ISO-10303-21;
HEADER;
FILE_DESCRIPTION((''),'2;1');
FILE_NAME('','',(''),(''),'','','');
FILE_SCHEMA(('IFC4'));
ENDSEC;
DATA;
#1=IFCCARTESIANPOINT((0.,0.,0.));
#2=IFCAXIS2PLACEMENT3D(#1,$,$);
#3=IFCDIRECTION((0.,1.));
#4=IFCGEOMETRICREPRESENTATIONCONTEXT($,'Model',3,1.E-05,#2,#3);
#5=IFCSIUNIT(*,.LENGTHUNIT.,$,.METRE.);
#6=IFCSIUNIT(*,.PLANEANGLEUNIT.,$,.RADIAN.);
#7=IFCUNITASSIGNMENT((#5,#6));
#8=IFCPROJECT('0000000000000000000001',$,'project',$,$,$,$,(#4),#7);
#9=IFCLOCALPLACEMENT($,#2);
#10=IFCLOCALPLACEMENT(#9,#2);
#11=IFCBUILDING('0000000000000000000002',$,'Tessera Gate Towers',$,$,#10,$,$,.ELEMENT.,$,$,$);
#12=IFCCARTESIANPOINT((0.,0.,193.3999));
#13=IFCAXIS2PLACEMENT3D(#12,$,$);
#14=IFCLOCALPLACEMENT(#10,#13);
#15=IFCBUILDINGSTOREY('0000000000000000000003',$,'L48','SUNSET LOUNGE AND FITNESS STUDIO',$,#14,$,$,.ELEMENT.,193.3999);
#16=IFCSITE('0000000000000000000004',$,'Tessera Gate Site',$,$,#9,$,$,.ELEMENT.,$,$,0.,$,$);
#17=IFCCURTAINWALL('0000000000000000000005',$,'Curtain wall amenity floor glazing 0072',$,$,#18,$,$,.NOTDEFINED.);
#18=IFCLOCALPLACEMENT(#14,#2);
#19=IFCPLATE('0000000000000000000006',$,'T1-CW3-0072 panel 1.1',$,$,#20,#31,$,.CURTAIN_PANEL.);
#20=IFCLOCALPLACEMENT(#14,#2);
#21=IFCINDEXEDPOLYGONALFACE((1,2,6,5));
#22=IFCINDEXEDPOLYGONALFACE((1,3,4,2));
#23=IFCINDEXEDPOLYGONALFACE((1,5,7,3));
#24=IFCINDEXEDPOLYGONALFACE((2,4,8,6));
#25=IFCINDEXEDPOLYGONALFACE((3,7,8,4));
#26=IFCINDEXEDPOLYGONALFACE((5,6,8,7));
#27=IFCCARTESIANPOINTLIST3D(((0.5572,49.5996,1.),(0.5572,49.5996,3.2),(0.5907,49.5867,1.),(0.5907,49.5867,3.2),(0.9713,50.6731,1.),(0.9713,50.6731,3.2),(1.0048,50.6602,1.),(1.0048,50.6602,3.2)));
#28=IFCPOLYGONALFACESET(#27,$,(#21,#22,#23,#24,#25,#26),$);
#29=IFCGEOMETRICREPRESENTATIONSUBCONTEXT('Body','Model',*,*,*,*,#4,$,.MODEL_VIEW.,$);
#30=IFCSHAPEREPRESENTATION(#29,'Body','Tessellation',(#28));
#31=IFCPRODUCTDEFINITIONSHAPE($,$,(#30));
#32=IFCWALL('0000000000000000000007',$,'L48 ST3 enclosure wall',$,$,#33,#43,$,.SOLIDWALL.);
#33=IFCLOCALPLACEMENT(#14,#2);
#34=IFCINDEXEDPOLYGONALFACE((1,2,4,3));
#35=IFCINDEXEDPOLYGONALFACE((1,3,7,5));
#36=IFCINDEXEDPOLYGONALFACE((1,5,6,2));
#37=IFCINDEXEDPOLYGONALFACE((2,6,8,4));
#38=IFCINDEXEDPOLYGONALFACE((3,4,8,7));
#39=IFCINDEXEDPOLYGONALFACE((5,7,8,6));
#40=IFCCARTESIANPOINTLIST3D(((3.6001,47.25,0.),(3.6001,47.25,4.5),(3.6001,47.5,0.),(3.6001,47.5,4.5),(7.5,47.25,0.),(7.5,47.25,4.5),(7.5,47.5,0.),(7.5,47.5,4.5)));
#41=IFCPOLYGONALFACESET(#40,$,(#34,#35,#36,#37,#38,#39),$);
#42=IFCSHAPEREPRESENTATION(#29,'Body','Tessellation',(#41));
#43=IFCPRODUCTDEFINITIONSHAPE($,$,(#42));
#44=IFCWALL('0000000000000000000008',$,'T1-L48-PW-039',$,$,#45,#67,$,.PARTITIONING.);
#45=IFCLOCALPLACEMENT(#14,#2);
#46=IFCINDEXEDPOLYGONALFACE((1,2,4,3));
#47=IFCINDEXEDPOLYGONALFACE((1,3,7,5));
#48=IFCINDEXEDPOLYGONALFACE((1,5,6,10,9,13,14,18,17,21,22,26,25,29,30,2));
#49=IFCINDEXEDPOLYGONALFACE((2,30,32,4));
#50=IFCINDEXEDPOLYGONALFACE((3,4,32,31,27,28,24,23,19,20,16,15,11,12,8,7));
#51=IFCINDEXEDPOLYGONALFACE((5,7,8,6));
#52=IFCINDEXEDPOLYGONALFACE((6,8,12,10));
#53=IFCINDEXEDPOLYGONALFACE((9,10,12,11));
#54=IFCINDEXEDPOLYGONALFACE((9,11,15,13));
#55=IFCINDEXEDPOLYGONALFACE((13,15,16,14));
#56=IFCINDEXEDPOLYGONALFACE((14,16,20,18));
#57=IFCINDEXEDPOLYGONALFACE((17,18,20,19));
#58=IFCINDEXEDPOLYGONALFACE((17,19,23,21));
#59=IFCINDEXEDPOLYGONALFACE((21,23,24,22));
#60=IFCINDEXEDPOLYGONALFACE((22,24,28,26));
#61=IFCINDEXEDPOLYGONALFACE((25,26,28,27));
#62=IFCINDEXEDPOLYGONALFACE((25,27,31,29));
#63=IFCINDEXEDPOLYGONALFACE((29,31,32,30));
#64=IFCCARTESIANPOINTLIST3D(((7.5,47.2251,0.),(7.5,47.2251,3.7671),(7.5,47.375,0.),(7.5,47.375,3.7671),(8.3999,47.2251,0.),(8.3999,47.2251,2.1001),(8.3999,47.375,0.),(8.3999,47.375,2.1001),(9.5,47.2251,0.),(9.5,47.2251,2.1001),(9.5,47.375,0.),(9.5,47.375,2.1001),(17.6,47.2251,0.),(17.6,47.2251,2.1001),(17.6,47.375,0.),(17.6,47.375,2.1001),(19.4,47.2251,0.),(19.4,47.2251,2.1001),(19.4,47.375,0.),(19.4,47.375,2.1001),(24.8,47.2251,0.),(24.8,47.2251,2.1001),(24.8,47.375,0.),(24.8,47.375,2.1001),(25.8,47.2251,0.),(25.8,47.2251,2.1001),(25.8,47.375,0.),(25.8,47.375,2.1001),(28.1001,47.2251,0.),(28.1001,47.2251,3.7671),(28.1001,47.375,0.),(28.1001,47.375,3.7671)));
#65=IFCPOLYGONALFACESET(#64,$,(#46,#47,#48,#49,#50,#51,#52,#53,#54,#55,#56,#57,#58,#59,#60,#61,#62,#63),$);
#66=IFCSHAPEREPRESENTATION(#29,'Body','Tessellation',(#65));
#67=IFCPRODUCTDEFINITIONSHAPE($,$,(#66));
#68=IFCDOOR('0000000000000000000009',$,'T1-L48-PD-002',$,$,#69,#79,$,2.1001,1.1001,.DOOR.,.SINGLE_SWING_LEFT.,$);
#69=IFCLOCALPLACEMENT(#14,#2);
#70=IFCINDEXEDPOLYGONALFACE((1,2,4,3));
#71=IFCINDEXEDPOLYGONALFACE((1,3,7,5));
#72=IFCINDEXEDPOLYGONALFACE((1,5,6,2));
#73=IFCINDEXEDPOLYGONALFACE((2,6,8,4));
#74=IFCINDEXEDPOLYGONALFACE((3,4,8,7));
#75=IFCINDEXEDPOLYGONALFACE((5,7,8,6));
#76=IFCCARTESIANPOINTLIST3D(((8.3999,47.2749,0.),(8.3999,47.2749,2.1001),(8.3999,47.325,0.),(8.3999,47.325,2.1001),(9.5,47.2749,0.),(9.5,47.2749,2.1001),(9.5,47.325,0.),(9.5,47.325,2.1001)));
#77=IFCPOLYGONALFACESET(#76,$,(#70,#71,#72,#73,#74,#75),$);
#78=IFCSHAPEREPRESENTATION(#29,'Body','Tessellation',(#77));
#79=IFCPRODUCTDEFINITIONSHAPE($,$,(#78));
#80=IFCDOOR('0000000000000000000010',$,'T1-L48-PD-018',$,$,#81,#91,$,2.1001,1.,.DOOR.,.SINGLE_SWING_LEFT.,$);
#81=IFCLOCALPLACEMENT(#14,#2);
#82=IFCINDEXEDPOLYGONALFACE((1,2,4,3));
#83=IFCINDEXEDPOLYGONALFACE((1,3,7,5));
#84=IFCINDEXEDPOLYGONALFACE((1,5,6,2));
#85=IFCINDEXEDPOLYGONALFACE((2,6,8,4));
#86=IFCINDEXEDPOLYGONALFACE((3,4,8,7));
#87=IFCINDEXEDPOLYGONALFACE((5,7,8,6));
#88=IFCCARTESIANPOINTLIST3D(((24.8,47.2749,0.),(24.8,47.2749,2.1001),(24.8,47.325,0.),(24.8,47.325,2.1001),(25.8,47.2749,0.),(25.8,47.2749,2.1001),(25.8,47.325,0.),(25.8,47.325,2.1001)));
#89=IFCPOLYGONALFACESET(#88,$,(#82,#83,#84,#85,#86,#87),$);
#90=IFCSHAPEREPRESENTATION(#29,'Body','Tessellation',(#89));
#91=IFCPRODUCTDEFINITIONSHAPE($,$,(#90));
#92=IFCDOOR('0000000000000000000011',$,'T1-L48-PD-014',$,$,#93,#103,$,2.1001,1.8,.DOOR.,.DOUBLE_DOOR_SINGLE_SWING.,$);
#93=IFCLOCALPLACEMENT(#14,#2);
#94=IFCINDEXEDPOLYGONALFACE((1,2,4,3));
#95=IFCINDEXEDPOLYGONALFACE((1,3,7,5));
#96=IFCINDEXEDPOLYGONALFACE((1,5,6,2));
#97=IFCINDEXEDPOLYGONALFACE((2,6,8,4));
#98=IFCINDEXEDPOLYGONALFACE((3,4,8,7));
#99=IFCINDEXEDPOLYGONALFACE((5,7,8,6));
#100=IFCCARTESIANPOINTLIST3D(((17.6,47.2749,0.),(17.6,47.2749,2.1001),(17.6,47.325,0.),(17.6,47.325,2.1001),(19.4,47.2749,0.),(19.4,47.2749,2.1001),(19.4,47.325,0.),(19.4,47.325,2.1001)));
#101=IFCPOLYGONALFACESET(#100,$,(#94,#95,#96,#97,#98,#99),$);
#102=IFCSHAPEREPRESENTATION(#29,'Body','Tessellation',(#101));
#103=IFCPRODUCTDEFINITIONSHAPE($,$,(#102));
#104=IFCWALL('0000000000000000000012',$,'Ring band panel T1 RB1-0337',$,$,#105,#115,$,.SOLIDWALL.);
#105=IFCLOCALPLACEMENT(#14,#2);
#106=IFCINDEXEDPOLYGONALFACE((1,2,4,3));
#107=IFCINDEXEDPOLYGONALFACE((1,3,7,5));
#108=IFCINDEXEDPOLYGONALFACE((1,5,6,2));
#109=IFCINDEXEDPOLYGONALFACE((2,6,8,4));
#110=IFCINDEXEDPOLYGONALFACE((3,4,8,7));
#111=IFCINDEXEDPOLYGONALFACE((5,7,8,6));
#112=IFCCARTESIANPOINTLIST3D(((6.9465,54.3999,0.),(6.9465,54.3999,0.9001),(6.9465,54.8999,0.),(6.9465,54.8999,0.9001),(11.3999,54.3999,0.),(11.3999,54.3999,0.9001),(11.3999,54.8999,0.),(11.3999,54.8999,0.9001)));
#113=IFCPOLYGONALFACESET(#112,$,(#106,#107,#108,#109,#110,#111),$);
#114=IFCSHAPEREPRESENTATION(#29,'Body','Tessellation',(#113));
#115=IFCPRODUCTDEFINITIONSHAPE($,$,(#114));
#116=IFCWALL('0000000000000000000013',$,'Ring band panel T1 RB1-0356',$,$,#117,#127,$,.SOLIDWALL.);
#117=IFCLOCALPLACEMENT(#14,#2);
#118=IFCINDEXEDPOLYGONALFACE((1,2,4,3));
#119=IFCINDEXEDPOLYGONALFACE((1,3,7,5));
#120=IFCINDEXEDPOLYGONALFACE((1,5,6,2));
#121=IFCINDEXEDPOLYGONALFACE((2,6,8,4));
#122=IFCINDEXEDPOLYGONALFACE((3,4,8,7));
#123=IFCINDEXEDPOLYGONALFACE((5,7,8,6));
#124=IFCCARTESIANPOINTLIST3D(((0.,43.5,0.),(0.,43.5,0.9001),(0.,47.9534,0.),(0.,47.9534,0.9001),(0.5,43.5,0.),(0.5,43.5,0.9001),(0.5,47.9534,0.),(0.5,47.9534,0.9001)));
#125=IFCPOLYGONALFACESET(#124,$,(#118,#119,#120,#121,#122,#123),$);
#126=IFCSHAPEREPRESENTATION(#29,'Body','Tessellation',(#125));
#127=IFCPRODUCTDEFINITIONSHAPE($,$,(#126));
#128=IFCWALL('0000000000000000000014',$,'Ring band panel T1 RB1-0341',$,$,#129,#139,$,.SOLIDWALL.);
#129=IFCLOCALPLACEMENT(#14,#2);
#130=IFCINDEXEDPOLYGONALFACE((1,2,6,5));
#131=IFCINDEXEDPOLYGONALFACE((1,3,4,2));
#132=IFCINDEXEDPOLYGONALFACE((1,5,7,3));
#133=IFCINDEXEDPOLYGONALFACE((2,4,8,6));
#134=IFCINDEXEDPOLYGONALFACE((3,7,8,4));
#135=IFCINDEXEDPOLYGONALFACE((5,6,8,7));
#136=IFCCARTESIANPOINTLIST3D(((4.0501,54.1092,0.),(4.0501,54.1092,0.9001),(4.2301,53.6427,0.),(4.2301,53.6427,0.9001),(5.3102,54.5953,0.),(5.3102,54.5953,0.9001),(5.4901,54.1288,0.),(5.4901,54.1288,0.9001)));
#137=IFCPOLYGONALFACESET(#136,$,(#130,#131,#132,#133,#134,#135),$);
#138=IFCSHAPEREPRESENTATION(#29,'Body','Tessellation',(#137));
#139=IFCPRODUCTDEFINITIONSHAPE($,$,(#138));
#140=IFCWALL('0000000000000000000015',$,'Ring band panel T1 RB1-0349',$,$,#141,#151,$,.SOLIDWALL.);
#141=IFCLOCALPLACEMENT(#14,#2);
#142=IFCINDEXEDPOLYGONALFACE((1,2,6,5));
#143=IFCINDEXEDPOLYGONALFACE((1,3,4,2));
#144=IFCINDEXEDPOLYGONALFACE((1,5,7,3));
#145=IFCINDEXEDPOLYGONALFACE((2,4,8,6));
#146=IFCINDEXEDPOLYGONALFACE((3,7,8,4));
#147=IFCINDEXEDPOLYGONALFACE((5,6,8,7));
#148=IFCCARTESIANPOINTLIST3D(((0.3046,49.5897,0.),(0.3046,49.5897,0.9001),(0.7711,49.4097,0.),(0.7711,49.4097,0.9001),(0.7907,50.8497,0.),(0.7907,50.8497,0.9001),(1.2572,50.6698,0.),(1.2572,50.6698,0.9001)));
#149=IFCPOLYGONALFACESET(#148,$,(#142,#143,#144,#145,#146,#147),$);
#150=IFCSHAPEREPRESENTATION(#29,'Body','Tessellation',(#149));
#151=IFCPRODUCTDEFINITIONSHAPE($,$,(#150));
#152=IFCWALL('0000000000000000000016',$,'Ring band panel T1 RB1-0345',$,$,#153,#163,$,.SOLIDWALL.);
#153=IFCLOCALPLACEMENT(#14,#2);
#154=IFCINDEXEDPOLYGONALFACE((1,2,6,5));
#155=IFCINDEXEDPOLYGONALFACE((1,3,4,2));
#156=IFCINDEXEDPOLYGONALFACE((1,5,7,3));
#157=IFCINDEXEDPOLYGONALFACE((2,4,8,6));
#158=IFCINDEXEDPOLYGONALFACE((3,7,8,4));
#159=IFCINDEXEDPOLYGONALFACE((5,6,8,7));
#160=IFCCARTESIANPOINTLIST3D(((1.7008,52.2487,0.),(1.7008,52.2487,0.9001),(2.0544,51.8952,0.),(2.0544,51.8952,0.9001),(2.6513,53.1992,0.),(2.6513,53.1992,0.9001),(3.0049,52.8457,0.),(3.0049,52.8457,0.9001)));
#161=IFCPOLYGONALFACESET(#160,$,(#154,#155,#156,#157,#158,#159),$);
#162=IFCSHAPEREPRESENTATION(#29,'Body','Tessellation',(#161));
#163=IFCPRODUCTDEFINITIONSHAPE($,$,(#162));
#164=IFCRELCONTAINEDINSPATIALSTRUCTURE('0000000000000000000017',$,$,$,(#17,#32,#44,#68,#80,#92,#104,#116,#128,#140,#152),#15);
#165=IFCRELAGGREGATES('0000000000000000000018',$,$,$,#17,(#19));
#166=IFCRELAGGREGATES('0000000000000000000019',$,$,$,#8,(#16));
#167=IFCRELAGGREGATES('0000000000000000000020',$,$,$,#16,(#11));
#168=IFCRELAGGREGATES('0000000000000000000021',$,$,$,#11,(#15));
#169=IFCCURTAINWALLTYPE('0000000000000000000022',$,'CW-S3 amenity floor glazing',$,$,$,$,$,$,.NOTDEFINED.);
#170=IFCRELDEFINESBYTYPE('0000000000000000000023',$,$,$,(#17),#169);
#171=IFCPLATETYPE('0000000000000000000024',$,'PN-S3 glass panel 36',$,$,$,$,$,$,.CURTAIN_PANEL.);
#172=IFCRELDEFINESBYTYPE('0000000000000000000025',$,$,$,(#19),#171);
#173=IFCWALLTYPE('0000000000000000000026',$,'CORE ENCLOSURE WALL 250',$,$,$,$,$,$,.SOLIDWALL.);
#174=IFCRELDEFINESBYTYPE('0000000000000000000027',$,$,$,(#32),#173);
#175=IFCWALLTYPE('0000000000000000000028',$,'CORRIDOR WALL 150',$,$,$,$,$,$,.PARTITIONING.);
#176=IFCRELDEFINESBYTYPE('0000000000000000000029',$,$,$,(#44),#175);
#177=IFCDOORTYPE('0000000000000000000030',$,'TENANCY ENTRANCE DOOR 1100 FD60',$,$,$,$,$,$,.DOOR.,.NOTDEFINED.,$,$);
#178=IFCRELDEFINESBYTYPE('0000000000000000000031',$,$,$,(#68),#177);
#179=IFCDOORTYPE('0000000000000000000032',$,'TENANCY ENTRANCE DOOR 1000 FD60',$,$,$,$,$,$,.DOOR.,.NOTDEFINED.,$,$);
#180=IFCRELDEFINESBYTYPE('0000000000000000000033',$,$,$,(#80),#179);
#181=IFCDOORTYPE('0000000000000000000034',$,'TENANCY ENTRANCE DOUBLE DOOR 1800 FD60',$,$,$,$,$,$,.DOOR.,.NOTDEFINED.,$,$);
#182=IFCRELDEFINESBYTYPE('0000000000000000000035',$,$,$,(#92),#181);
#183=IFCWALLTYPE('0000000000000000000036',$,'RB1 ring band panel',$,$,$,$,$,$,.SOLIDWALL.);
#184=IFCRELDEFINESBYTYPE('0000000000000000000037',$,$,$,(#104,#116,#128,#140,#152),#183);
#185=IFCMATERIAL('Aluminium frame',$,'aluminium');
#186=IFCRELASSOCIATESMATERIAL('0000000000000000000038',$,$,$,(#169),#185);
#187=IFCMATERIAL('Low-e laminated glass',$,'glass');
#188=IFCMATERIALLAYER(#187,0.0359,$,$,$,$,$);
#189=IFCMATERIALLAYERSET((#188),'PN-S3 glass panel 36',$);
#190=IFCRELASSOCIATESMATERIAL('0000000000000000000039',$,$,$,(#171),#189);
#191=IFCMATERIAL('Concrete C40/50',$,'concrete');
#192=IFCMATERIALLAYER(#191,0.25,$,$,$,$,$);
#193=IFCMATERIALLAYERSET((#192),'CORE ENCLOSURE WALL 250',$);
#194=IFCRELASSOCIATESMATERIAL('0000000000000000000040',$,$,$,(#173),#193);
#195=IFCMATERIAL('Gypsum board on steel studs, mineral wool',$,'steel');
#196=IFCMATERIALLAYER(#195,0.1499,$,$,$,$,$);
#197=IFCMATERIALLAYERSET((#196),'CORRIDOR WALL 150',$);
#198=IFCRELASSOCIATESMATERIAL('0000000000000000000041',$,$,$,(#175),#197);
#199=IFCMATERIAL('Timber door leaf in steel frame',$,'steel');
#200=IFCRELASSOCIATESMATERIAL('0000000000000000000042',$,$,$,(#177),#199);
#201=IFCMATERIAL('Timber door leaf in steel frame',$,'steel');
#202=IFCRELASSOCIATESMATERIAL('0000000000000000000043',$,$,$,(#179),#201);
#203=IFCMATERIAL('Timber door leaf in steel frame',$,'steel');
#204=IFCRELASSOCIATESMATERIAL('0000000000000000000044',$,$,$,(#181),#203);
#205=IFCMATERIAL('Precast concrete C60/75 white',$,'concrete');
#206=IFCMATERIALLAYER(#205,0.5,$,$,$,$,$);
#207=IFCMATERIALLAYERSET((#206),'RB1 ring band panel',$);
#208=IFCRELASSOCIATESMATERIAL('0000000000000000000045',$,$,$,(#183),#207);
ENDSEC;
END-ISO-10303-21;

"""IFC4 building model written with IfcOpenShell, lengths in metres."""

from ifc_helpers import new_model, si_unit, direction, frame, frame_2d, origin, origin_2d, place, context, subcontext, project, spatial, polyline, rectangle, outline, extrude, source, transform, mapped, material, layer, layer_set, type_object, element, fill, aggregate, save


model = new_model("IFC4")

# Units and contexts
model_context = context("Model", 3, precision=1e-05, world=origin(), true_north=direction((0.0, 1.0)))
body_context = subcontext(model_context, "Body", "Model", "MODEL_VIEW")
ifc_project = project(units=[si_unit("LENGTHUNIT", "METRE"), si_unit("PLANEANGLEUNIT", "RADIAN")], contexts=[model_context])

# Site, building, storey
site_placement = place(None, origin())
site = spatial("IfcSite", under=ifc_project, at=site_placement, Name="Tessera Gate Site", CompositionType="ELEMENT", RefElevation=0.0)
building_placement = place(site_placement, origin())
building = spatial("IfcBuilding", under=site, at=building_placement, Name="Tessera Gate Towers", CompositionType="ELEMENT")
storey_placement = place(building_placement, frame((0.0, 0.0, 193.3999)))
storey = spatial("IfcBuildingStorey", under=building, at=storey_placement, Name="L48", Description="SUNSET LOUNGE AND FITNESS STUDIO", CompositionType="ELEMENT", Elevation=193.3999)

# Curtain wall
ifc_material_1 = material(Name="Aluminium frame", Category="aluminium")
curtain_wall_type = type_object("IfcCurtainWallType", Name="CW-S3 amenity floor glazing", PredefinedType="NOTDEFINED", material=ifc_material_1)
curtain_wall_1_placement = place(storey_placement, origin())
curtain_wall_1 = element("IfcCurtainWall", 1, at=curtain_wall_1_placement, inside=storey, type_object=curtain_wall_type, Name="Curtain wall amenity floor glazing 0072", PredefinedType="NOTDEFINED")

# Plate
ifc_material_2 = material(Name="Low-e laminated glass", Category="glass")
ifc_layer_1 = layer(ifc_material_2, 0.0359)
ifc_layer_set_1 = layer_set([ifc_layer_1], Name="PN-S3 glass panel 36")
plate_type = type_object("IfcPlateType", Name="PN-S3 glass panel 36", PredefinedType="CURTAIN_PANEL", material=ifc_layer_set_1)
plate_1_placement = place(storey_placement, frame((0.781, 50.1299, 1.0), z_axis=(0.0, 0.0, 1.0), x_axis=(-0.359904, -0.932989, 0.0)))
plate_1 = element("IfcPlate", 2, at=plate_1_placement, type_object=plate_type, Name="T1-CW3-0072 panel 1.1", PredefinedType="CURTAIN_PANEL", context=body_context, shape_type="SweptSolid", body=[
    extrude(rectangle(XDim=1.1506, YDim=0.0359, at=origin_2d()), origin(), (0.0, 0.0, 1.0), 2.2),
])
aggregate(curtain_wall_1, [plate_1])

# Wall
ifc_material_3 = material(Name="Concrete C40/50", Category="concrete")
ifc_layer_2 = layer(ifc_material_3, 0.25)
ifc_layer_set_2 = layer_set([ifc_layer_2], Name="CORE ENCLOSURE WALL 250")
wall_type_1 = type_object("IfcWallType", Name="CORE ENCLOSURE WALL 250", PredefinedType="SOLIDWALL", material=ifc_layer_set_2)
wall_1_placement = place(storey_placement, frame((3.6001, 47.375, 0.0), z_axis=(0.0, 0.0, 1.0), x_axis=(1.0, 0.0, 0.0)))
element("IfcWall", 3, at=wall_1_placement, inside=storey, type_object=wall_type_1, Name="L48 ST3 enclosure wall", PredefinedType="SOLIDWALL", context=body_context, shape_type="SweptSolid", body=[
    extrude(rectangle(XDim=3.8999, YDim=0.25, at=frame_2d((1.95, 0.0))), origin(), (0.0, 0.0, 1.0), 4.5),
])

# Wall, openings, doors
ifc_material_4 = material(Name="Gypsum board on steel studs, mineral wool", Category="steel")
ifc_layer_3 = layer(ifc_material_4, 0.1499)
ifc_layer_set_3 = layer_set([ifc_layer_3], Name="CORRIDOR WALL 150")
wall_type_2 = type_object("IfcWallType", Name="CORRIDOR WALL 150", PredefinedType="PARTITIONING", material=ifc_layer_set_3)
wall_2_placement = place(storey_placement, frame((7.5, 47.3, 0.0), z_axis=(0.0, 0.0, 1.0), x_axis=(1.0, 0.0, 0.0)))
wall_2 = element("IfcWall", 4, at=wall_2_placement, inside=storey, type_object=wall_type_2, Name="T1-L48-PW-039", PredefinedType="PARTITIONING", context=body_context, shape_type="SweptSolid", body=[
    extrude(rectangle(XDim=20.6001, YDim=0.1499, at=frame_2d((10.3, 0.0))), origin(), (0.0, 0.0, 1.0), 3.7671),
])
shared_shape_1 = source(origin(), body_context, "Body", "SweptSolid", [
    extrude(rectangle(XDim=1.1001, YDim=2.1001, at=frame_2d((0.55, 1.05))), frame((0.0, 0.085, 0.0), z_axis=(0.0, -1.0, 0.0), x_axis=(1.0, 0.0, 0.0)), (0.0, 0.0, 1.0), 0.1699),
])
opening_1_placement = place(wall_2_placement, frame((0.8999, 0.0, 0.0)))
opening_1 = element("IfcOpeningElement", 5, at=opening_1_placement, cuts=wall_2, PredefinedType="OPENING", context=body_context, shape_type="MappedRepresentation", body=[
    mapped(shared_shape_1, transform((0.0, 0.0, 0.0), scale=1.0)),
])
shared_shape_2 = source(origin(), body_context, "Body", "SweptSolid", [
    extrude(rectangle(XDim=1.8, YDim=2.1001, at=frame_2d((0.8999, 1.05))), frame((0.0, 0.085, 0.0), z_axis=(0.0, -1.0, 0.0), x_axis=(1.0, 0.0, 0.0)), (0.0, 0.0, 1.0), 0.1699),
])
opening_2_placement = place(wall_2_placement, frame((10.1001, 0.0, 0.0)))
opening_2 = element("IfcOpeningElement", 6, at=opening_2_placement, cuts=wall_2, PredefinedType="OPENING", context=body_context, shape_type="MappedRepresentation", body=[
    mapped(shared_shape_2, transform((0.0, 0.0, 0.0), scale=1.0)),
])
shared_shape_3 = source(origin(), body_context, "Body", "SweptSolid", [
    extrude(rectangle(XDim=1.0, YDim=2.1001, at=frame_2d((0.5, 1.05))), frame((0.0, 0.085, 0.0), z_axis=(0.0, -1.0, 0.0), x_axis=(1.0, 0.0, 0.0)), (0.0, 0.0, 1.0), 0.1699),
])
opening_3_placement = place(wall_2_placement, frame((17.3, 0.0, 0.0)))
opening_3 = element("IfcOpeningElement", 7, at=opening_3_placement, cuts=wall_2, PredefinedType="OPENING", context=body_context, shape_type="MappedRepresentation", body=[
    mapped(shared_shape_3, transform((0.0, 0.0, 0.0), scale=1.0)),
])
ifc_material_5 = material(Name="Timber door leaf in steel frame", Category="steel")
door_type_1 = type_object("IfcDoorType", Name="TENANCY ENTRANCE DOOR 1100 FD60", OperationType="NOTDEFINED", PredefinedType="DOOR", material=ifc_material_5)
shared_shape_4 = source(origin(), body_context, "Body", "SweptSolid", [
    extrude(rectangle(XDim=1.1001, YDim=2.1001, at=frame_2d((0.55, 1.05))), frame((0.0, 0.0249, 0.0), z_axis=(0.0, -1.0, 0.0), x_axis=(1.0, 0.0, 0.0)), (0.0, 0.0, 1.0), 0.05),
])
door_1_placement = place(opening_1_placement, origin())
door_1 = element("IfcDoor", 8, at=door_1_placement, inside=storey, type_object=door_type_1, Name="T1-L48-PD-002", OperationType="SINGLE_SWING_LEFT", OverallHeight=2.1001, OverallWidth=1.1001, PredefinedType="DOOR", context=body_context, shape_type="MappedRepresentation", body=[
    mapped(shared_shape_4, transform((0.0, 0.0, 0.0), scale=1.0)),
])
fill(opening_1, door_1)
ifc_material_6 = material(Name="Timber door leaf in steel frame", Category="steel")
door_type_2 = type_object("IfcDoorType", Name="TENANCY ENTRANCE DOOR 1000 FD60", OperationType="NOTDEFINED", PredefinedType="DOOR", material=ifc_material_6)
shared_shape_5 = source(origin(), body_context, "Body", "SweptSolid", [
    extrude(rectangle(XDim=1.0, YDim=2.1001, at=frame_2d((0.5, 1.05))), frame((0.0, 0.0249, 0.0), z_axis=(0.0, -1.0, 0.0), x_axis=(1.0, 0.0, 0.0)), (0.0, 0.0, 1.0), 0.05),
])
door_2_placement = place(opening_3_placement, origin())
door_2 = element("IfcDoor", 9, at=door_2_placement, inside=storey, type_object=door_type_2, Name="T1-L48-PD-018", OperationType="SINGLE_SWING_LEFT", OverallHeight=2.1001, OverallWidth=1.0, PredefinedType="DOOR", context=body_context, shape_type="MappedRepresentation", body=[
    mapped(shared_shape_5, transform((0.0, 0.0, 0.0), scale=1.0)),
])
fill(opening_3, door_2)
ifc_material_7 = material(Name="Timber door leaf in steel frame", Category="steel")
door_type_3 = type_object("IfcDoorType", Name="TENANCY ENTRANCE DOUBLE DOOR 1800 FD60", OperationType="NOTDEFINED", PredefinedType="DOOR", material=ifc_material_7)
shared_shape_6 = source(origin(), body_context, "Body", "SweptSolid", [
    extrude(rectangle(XDim=1.8, YDim=2.1001, at=frame_2d((0.8999, 1.05))), frame((0.0, 0.0249, 0.0), z_axis=(0.0, -1.0, 0.0), x_axis=(1.0, 0.0, 0.0)), (0.0, 0.0, 1.0), 0.05),
])
door_3_placement = place(opening_2_placement, origin())
door_3 = element("IfcDoor", 10, at=door_3_placement, inside=storey, type_object=door_type_3, Name="T1-L48-PD-014", OperationType="DOUBLE_DOOR_SINGLE_SWING", OverallHeight=2.1001, OverallWidth=1.8, PredefinedType="DOOR", context=body_context, shape_type="MappedRepresentation", body=[
    mapped(shared_shape_6, transform((0.0, 0.0, 0.0), scale=1.0)),
])
fill(opening_2, door_3)

# Walls
ifc_material_8 = material(Name="Precast concrete C60/75 white", Category="concrete")
ifc_layer_4 = layer(ifc_material_8, 0.5)
ifc_layer_set_4 = layer_set([ifc_layer_4], Name="RB1 ring band panel")
wall_type_3 = type_object("IfcWallType", Name="RB1 ring band panel", PredefinedType="SOLIDWALL", material=ifc_layer_set_4)
shared_shape_7 = source(origin(), body_context, "Body", "SweptSolid", [
    extrude(outline(polyline([(0.0, 0.0), (4.4534, 0.0), (4.4534, 0.9001), (0.0, 0.9001), (0.0, 0.0)])), frame((0.0, 0.25, 0.0), z_axis=(0.0, -1.0, 0.0), x_axis=(1.0, 0.0, 0.0)), (0.0, 0.0, 1.0), 0.5),
])
for number, where, z_axis, x_axis, name in (
    (11, (11.3999, 54.6499, 0.0), (0.0, 0.0, 1.0), (-1.0, 0.0, 0.0), "Ring band panel T1 RB1-0337"),
    (12, (0.25, 47.9534, 0.0), (0.0, 0.0, 1.0), (0.0, -1.0, 0.0), "Ring band panel T1 RB1-0356"),
):
    element("IfcWall", number, at=place(storey_placement, frame(where, z_axis=z_axis, x_axis=x_axis)), inside=storey, type_object=wall_type_3, Name=name, PredefinedType="SOLIDWALL", context=body_context, shape_type="MappedRepresentation", body=[
        mapped(shared_shape_7, transform((0.0, 0.0, 0.0), scale=1.0)),
    ])
shared_shape_8 = source(origin(), body_context, "Body", "SweptSolid", [
    extrude(outline(polyline([(0.0, 0.0), (1.3506, 0.0), (1.3506, 0.9001), (0.0, 0.9001), (0.0, 0.0)])), frame((0.0, 0.25, 0.0), z_axis=(0.0, -1.0, 0.0), x_axis=(1.0, 0.0, 0.0)), (0.0, 0.0, 1.0), 0.5),
])
for number, where, z_axis, x_axis, name in (
    (13, (5.4001, 54.3621, 0.0), (0.0, 0.0, 1.0), (-0.932982, -0.359924, 0.0), "Ring band panel T1 RB1-0341"),
    (14, (1.0239, 50.7598, 0.0), (0.0, 0.0, 1.0), (-0.359924, -0.932982, 0.0), "Ring band panel T1 RB1-0349"),
):
    element("IfcWall", number, at=place(storey_placement, frame(where, z_axis=z_axis, x_axis=x_axis)), inside=storey, type_object=wall_type_3, Name=name, PredefinedType="SOLIDWALL", context=body_context, shape_type="MappedRepresentation", body=[
        mapped(shared_shape_8, transform((0.0, 0.0, 0.0), scale=1.0)),
    ])
shared_shape_9 = source(origin(), body_context, "Body", "SweptSolid", [
    extrude(outline(polyline([(0.0, 0.0), (1.3442, 0.0), (1.3442, 0.9001), (0.0, 0.9001), (0.0, 0.0)])), frame((0.0, 0.25, 0.0), z_axis=(0.0, -1.0, 0.0), x_axis=(1.0, 0.0, 0.0)), (0.0, 0.0, 1.0), 0.5),
])
wall_3_placement = place(storey_placement, frame((2.8281, 53.0225, 0.0), z_axis=(0.0, 0.0, 1.0), x_axis=(-0.707107, -0.707107, 0.0)))
element("IfcWall", 15, at=wall_3_placement, inside=storey, type_object=wall_type_3, Name="Ring band panel T1 RB1-0345", PredefinedType="SOLIDWALL", context=body_context, shape_type="MappedRepresentation", body=[
    mapped(shared_shape_9, transform((0.0, 0.0, 0.0), scale=1.0)),
])

save(model, "model.ifc")
